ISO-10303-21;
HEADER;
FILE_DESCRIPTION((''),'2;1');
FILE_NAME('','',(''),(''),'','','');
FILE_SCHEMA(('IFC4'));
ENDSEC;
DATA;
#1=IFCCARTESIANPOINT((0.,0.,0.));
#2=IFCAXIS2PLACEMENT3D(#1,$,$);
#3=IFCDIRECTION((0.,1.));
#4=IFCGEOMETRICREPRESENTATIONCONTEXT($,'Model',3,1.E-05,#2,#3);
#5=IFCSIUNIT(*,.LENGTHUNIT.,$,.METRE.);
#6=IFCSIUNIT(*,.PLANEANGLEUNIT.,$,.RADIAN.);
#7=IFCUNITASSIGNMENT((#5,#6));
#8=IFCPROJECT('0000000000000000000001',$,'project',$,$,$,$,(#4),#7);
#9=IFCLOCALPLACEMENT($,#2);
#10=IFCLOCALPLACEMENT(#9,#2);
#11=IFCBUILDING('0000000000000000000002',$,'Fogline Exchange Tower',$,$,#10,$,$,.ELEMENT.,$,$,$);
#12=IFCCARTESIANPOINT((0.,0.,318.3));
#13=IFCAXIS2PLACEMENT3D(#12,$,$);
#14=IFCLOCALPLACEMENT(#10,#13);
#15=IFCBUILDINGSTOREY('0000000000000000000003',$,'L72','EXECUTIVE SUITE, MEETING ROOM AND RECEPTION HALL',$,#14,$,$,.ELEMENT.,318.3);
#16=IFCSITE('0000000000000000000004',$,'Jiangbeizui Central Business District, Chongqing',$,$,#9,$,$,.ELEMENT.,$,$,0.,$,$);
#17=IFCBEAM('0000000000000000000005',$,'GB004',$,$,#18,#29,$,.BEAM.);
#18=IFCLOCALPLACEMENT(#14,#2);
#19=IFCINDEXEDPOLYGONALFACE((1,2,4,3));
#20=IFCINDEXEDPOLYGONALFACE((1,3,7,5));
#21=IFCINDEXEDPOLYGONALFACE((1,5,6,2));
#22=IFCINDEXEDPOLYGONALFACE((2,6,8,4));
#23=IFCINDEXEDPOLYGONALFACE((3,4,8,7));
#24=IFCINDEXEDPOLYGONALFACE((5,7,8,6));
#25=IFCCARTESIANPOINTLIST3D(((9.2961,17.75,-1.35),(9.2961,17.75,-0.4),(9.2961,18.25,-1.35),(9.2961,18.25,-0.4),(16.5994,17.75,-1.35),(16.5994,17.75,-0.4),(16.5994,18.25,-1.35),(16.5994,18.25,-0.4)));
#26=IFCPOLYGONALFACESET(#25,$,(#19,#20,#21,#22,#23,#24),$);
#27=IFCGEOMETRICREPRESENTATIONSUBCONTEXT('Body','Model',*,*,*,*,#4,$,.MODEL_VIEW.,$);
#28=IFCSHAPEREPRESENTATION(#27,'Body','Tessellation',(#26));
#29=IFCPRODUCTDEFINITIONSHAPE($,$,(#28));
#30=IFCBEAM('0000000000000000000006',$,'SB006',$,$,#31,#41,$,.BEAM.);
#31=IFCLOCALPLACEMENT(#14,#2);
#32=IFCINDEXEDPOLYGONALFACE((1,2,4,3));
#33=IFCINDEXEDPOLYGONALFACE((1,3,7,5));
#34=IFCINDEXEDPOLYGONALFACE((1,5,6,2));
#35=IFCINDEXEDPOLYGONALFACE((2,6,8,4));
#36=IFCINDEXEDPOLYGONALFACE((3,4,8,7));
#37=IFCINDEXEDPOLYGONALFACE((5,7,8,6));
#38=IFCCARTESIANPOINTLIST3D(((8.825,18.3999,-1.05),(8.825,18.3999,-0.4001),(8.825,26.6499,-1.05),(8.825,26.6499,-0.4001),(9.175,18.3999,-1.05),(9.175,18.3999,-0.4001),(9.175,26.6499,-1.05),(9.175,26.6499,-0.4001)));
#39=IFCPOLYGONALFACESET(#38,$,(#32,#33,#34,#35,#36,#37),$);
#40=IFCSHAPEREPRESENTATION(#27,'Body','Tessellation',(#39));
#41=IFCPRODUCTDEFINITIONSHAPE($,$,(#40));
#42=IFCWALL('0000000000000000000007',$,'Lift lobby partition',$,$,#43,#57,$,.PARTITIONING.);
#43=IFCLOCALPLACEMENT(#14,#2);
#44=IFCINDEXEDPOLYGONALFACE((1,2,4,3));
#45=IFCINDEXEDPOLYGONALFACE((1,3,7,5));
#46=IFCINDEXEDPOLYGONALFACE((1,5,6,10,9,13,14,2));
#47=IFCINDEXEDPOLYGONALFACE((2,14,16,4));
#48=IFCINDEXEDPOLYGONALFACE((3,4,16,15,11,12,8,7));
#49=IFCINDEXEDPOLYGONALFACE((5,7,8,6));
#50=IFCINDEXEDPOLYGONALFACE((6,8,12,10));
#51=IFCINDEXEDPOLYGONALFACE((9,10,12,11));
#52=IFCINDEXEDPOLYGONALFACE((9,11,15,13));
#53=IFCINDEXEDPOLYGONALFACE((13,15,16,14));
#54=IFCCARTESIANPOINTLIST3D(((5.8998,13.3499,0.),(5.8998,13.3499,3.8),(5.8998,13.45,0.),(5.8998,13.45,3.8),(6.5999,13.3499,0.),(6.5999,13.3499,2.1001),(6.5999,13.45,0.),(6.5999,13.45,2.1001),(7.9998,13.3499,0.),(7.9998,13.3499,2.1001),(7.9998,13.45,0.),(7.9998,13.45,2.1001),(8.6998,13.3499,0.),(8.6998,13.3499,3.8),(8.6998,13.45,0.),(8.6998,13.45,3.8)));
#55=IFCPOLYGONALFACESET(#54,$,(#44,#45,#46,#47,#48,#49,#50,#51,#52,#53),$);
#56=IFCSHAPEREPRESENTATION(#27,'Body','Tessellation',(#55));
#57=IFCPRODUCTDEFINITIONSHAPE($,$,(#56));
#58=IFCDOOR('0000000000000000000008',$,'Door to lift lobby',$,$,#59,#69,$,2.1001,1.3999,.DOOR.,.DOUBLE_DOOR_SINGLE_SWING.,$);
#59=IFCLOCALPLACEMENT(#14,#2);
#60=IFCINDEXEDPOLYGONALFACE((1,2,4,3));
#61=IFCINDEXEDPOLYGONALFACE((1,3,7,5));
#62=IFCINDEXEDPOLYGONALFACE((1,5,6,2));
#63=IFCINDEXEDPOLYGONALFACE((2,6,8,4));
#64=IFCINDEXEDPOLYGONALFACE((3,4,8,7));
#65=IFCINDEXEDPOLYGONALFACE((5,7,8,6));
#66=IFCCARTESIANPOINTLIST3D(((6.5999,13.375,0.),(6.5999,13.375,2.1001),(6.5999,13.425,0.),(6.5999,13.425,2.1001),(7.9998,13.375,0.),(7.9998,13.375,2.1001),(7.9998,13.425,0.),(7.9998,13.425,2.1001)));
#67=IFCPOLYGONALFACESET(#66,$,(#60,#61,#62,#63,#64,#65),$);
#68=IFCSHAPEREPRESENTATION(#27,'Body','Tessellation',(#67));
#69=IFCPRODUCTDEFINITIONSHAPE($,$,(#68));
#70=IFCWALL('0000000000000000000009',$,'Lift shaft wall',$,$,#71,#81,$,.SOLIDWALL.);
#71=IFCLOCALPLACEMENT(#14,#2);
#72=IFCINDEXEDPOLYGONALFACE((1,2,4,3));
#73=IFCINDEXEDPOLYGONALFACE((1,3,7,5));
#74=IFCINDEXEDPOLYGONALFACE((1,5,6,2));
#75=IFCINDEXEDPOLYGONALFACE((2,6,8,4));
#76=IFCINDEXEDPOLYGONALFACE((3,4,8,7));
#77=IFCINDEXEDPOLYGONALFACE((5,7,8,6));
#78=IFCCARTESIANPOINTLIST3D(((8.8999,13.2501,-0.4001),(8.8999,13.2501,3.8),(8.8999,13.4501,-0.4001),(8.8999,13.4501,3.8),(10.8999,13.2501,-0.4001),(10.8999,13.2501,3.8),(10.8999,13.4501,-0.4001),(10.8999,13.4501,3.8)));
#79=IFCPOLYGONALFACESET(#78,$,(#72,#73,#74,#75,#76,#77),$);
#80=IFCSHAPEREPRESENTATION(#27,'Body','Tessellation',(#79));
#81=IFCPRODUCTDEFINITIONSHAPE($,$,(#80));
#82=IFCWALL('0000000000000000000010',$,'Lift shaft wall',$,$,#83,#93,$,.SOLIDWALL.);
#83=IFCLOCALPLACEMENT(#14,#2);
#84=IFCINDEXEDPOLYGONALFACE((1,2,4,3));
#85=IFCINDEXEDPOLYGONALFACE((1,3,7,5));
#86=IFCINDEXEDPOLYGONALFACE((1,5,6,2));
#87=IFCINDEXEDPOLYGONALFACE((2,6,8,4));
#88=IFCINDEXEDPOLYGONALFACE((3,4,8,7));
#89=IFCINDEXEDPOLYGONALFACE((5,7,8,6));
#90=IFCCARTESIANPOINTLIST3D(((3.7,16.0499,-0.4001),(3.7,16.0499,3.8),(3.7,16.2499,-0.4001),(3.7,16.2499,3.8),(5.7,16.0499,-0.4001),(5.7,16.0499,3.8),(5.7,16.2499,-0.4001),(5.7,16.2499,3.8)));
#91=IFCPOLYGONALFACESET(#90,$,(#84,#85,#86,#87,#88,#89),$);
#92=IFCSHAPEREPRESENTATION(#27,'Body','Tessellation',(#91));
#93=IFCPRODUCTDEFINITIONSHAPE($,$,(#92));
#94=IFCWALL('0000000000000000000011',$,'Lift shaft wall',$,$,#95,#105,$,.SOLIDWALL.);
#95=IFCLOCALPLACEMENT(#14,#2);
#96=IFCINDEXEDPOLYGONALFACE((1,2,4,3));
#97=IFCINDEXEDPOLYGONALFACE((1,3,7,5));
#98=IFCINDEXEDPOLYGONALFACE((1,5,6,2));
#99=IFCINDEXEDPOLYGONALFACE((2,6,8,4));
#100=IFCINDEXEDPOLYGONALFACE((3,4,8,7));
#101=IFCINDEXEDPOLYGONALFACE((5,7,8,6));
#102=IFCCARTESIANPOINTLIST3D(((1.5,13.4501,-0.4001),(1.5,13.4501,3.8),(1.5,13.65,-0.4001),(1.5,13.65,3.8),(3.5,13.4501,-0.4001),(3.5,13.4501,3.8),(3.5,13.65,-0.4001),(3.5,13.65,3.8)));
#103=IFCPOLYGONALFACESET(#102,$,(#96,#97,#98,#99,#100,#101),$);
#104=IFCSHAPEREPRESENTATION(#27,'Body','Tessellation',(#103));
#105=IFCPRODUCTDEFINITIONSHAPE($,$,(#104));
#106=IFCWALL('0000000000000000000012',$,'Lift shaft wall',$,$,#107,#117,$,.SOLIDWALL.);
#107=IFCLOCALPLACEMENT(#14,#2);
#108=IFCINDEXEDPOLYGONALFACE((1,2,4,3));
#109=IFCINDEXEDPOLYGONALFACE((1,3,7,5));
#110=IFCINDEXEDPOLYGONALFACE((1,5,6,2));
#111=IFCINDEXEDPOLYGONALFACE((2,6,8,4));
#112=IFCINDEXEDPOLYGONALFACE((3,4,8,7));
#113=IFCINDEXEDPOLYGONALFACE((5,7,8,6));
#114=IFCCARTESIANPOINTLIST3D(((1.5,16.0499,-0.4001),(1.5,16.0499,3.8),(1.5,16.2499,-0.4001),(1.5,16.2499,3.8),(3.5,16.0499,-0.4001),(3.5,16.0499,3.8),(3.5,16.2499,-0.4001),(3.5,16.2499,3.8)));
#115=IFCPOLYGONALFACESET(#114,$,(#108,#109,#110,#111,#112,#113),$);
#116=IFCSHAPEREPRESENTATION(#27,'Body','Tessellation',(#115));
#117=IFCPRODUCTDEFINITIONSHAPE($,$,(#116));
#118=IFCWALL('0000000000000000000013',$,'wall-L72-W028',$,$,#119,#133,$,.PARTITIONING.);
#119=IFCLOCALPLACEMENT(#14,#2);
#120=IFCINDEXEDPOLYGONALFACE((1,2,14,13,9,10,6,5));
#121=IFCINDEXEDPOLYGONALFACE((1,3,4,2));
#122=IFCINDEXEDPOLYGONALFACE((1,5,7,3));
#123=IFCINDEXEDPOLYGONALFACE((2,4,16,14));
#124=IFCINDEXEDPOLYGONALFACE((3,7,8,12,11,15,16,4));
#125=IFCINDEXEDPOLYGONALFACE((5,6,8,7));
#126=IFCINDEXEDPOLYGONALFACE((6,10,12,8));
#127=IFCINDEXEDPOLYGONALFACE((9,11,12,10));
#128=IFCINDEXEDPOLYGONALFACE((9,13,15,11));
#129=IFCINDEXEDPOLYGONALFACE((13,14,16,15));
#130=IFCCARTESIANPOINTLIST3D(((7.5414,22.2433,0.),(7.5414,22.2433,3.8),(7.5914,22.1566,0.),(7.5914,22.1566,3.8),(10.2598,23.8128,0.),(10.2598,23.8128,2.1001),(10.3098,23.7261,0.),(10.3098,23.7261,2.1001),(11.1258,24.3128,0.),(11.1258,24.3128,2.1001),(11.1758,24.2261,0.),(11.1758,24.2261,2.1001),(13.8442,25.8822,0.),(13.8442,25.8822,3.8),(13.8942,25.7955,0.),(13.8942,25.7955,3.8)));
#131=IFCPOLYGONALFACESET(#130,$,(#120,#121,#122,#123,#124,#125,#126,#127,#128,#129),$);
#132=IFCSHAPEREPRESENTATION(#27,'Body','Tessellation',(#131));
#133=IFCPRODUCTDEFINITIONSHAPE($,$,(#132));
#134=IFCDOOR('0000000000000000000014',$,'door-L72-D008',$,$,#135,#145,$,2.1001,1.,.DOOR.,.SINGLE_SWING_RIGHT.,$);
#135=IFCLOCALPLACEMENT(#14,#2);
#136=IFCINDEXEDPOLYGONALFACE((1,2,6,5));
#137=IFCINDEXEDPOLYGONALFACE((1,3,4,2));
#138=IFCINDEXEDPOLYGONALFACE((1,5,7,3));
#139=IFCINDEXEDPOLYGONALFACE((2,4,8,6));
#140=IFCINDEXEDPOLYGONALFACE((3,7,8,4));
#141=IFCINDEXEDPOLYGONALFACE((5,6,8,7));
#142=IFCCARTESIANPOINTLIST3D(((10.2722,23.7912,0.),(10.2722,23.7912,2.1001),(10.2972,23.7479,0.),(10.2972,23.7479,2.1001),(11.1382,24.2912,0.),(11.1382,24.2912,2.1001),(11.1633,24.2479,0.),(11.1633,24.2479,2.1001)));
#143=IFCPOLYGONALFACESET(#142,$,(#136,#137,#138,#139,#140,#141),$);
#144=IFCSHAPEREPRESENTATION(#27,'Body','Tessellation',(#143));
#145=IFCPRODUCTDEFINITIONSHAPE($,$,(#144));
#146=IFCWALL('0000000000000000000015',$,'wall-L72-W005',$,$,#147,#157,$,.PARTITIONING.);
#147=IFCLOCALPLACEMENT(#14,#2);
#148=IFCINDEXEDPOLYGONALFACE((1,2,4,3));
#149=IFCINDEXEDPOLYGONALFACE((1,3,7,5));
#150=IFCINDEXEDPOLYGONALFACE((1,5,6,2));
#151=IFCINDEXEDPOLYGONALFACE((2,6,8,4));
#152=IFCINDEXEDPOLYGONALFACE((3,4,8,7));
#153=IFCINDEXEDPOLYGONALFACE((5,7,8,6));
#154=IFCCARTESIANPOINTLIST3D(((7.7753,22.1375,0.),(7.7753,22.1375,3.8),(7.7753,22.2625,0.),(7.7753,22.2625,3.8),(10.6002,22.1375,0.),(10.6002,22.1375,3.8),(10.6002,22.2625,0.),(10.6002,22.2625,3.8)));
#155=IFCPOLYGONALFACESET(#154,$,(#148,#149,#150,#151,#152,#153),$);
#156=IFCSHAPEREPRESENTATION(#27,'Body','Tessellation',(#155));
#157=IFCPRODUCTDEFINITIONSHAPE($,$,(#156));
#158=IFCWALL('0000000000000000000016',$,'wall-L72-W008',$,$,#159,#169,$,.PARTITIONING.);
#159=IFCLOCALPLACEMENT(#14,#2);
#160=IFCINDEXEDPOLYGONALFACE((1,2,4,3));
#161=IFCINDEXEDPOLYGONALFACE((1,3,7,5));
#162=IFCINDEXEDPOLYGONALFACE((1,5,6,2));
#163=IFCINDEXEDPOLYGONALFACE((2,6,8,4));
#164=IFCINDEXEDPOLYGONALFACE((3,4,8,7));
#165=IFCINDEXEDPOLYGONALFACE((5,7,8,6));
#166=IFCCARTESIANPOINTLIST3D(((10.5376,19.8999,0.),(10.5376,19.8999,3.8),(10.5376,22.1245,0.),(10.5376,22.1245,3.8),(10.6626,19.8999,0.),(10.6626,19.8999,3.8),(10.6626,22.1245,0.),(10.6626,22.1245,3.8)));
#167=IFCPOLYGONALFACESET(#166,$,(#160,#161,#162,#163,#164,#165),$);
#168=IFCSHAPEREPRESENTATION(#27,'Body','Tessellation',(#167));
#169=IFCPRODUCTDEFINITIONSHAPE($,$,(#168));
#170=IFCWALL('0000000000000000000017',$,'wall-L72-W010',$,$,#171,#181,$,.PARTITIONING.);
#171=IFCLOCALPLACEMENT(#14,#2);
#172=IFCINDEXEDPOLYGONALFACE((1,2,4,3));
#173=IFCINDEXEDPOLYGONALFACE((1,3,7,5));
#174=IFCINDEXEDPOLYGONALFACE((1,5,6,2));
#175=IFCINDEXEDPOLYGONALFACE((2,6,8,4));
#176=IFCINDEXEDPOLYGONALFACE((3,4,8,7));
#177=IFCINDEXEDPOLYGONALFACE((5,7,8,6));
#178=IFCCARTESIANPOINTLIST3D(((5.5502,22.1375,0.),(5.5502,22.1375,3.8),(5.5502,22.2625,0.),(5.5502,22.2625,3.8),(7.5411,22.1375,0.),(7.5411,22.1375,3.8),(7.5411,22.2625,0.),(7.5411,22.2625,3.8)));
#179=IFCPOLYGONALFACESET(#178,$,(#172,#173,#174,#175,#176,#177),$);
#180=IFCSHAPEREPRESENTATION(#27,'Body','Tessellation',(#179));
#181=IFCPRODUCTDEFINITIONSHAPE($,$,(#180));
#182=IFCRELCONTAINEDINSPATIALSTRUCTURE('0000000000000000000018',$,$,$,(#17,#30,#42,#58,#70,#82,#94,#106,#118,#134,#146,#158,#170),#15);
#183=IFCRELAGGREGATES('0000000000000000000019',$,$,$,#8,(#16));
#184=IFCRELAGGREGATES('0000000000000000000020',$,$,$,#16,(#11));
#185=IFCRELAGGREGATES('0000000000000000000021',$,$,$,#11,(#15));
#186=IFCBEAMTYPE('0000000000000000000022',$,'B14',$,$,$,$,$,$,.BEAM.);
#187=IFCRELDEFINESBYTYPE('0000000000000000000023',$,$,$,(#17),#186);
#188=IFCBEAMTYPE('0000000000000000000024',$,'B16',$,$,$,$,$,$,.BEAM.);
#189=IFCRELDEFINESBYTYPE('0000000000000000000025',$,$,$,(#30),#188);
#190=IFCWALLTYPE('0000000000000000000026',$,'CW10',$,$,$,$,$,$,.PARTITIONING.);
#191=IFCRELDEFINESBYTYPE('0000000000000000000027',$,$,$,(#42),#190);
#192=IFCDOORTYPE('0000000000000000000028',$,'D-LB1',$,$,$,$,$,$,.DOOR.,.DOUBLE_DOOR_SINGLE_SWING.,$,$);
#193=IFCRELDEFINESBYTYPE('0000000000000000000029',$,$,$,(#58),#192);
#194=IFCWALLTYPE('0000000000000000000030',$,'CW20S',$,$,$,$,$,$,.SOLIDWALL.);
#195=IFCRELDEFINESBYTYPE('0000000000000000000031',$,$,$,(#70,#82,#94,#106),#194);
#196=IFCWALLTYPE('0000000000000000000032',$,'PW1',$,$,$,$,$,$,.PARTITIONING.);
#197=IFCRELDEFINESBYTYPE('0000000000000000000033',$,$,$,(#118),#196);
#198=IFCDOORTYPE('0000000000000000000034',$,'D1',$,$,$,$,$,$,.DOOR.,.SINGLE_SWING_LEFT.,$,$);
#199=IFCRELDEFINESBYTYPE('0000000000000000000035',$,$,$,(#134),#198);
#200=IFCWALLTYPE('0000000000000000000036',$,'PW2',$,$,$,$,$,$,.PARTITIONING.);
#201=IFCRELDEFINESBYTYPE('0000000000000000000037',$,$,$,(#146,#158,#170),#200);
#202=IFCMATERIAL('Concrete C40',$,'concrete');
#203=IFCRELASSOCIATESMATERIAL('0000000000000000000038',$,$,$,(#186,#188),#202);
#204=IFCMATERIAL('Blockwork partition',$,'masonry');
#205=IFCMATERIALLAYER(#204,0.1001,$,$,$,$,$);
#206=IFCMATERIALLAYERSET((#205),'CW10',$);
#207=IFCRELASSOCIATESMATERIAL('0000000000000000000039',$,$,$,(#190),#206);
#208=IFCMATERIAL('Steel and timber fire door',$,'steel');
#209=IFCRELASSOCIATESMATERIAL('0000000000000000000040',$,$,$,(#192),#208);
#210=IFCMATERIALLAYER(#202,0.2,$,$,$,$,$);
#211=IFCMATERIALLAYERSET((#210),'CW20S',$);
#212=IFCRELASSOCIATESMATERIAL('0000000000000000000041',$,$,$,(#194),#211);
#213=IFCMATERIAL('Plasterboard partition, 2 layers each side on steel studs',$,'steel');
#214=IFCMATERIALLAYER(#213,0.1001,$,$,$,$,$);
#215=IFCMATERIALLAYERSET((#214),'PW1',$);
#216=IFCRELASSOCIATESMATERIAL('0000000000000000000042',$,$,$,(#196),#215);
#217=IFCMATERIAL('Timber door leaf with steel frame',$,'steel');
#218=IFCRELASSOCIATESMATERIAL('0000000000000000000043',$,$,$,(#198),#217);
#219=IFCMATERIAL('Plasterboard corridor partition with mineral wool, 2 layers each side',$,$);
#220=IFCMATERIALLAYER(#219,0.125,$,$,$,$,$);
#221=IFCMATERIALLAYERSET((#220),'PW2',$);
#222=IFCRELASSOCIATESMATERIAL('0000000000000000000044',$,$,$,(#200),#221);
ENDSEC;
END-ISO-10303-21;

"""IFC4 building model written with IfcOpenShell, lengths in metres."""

from ifc_helpers import new_model, si_unit, direction, frame, frame_2d, origin, origin_2d, place, context, subcontext, project, spatial, rectangle, extrude, material, layer, layer_set, material_profile, profile_set, type_object, element, fill, save


model = new_model("IFC4")

# Units and contexts
model_context = context("Model", 3, precision=1e-05, world=origin(), true_north=direction((0.0, 1.0)))
body_context = subcontext(model_context, "Body", "Model", "MODEL_VIEW")
ifc_project = project(units=[si_unit("LENGTHUNIT", "METRE"), si_unit("PLANEANGLEUNIT", "RADIAN")], contexts=[model_context])

# Site, building, storey
site_placement = place(None, origin())
site = spatial("IfcSite", under=ifc_project, at=site_placement, Name="Jiangbeizui Central Business District, Chongqing", CompositionType="ELEMENT", RefElevation=0.0)
building_placement = place(site_placement, origin())
building = spatial("IfcBuilding", under=site, at=building_placement, Name="Fogline Exchange Tower", CompositionType="ELEMENT")
storey_placement = place(building_placement, frame((0.0, 0.0, 318.3)))
storey = spatial("IfcBuildingStorey", under=building, at=storey_placement, Name="L72", Description="EXECUTIVE SUITE, MEETING ROOM AND RECEPTION HALL", CompositionType="ELEMENT", Elevation=318.3)

# Beams
ifc_material_1 = material(Name="Concrete C40", Category="concrete")
ifc_material_profile_1 = material_profile(ifc_material_1, rectangle(XDim=0.5, YDim=0.95, at=origin_2d()), Name="RC 500x950")
ifc_profile_set_1 = profile_set([ifc_material_profile_1], Name="Concrete C40")
beam_type_1 = type_object("IfcBeamType", Name="B14", PredefinedType="BEAM", material=ifc_profile_set_1)
beam_1_placement = place(storey_placement, frame((9.2961, 18.0, -0.875), z_axis=(1.0, 0.0, 0.0), x_axis=(0.0, 1.0, 0.0)))
element("IfcBeam", 1, at=beam_1_placement, inside=storey, type_object=beam_type_1, Name="GB004", PredefinedType="BEAM", context=body_context, shape_type="SweptSolid", body=[
    extrude(rectangle(XDim=0.5, YDim=0.95, at=origin_2d()), origin(), (0.0, 0.0, 1.0), 7.3032),
])
ifc_material_profile_2 = material_profile(ifc_material_1, rectangle(XDim=0.3501, YDim=0.6499, at=origin_2d()), Name="RC 350x650")
ifc_profile_set_2 = profile_set([ifc_material_profile_2], Name="Concrete C40")
beam_type_2 = type_object("IfcBeamType", Name="B16", PredefinedType="BEAM", material=ifc_profile_set_2)
beam_2_placement = place(storey_placement, frame((9.0, 18.3999, -0.7251), z_axis=(0.0, 1.0, 0.0), x_axis=(-1.0, 0.0, 0.0)))
element("IfcBeam", 2, at=beam_2_placement, inside=storey, type_object=beam_type_2, Name="SB006", PredefinedType="BEAM", context=body_context, shape_type="SweptSolid", body=[
    extrude(rectangle(XDim=0.3501, YDim=0.6499, at=origin_2d()), origin(), (0.0, 0.0, 1.0), 8.25),
])

# Wall, opening, door
ifc_material_2 = material(Name="Blockwork partition", Category="masonry")
ifc_layer_1 = layer(ifc_material_2, 0.1001)
ifc_layer_set_1 = layer_set([ifc_layer_1], Name="CW10")
wall_type_1 = type_object("IfcWallType", Name="CW10", PredefinedType="PARTITIONING", material=ifc_layer_set_1)
wall_1_placement = place(storey_placement, frame((5.8999, 13.3999, 0.0), z_axis=(0.0, 0.0, 1.0), x_axis=(1.0, 0.0, 0.0)))
wall_1 = element("IfcWall", 3, at=wall_1_placement, inside=storey, type_object=wall_type_1, Name="Lift lobby partition", PredefinedType="PARTITIONING", context=body_context, shape_type="SweptSolid", body=[
    extrude(rectangle(XDim=2.8, YDim=0.1001, at=frame_2d((1.3999, 0.0))), origin(), (0.0, 0.0, 1.0), 3.8),
])
opening_1_placement = place(wall_1_placement, frame((0.7, 0.0, 0.0)))
opening_1 = element("IfcOpeningElement", 4, at=opening_1_placement, cuts=wall_1, PredefinedType="OPENING", context=body_context, shape_type="SweptSolid", body=[
    extrude(rectangle(XDim=1.3999, YDim=2.1001, at=frame_2d((0.7, 1.05))), frame((0.0, 0.0601, 0.0), z_axis=(0.0, -1.0, 0.0), x_axis=(1.0, 0.0, 0.0)), (0.0, 0.0, 1.0), 0.1201),
])
ifc_material_3 = material(Name="Steel and timber fire door", Category="steel")
door_type_1 = type_object("IfcDoorType", Name="D-LB1", OperationType="DOUBLE_DOOR_SINGLE_SWING", PredefinedType="DOOR", material=ifc_material_3)
door_1_placement = place(opening_1_placement, frame((1.3999, 0.0, 0.0), z_axis=(0.0, 0.0, 1.0), x_axis=(-1.0, 0.0, 0.0)))
door_1 = element("IfcDoor", 5, at=door_1_placement, inside=storey, type_object=door_type_1, Name="Door to lift lobby", OperationType="DOUBLE_DOOR_SINGLE_SWING", OverallHeight=2.1001, OverallWidth=1.3999, PredefinedType="DOOR", context=body_context, shape_type="SweptSolid", body=[
    extrude(rectangle(XDim=1.3999, YDim=2.1001, at=frame_2d((0.7, 1.05))), frame((0.0, 0.0249, 0.0), z_axis=(0.0, -1.0, 0.0), x_axis=(1.0, 0.0, 0.0)), (0.0, 0.0, 1.0), 0.05),
])
fill(opening_1, door_1)

# Walls
ifc_layer_2 = layer(ifc_material_1, 0.2)
ifc_layer_set_2 = layer_set([ifc_layer_2], Name="CW20S")
wall_type_2 = type_object("IfcWallType", Name="CW20S", PredefinedType="SOLIDWALL", material=ifc_layer_set_2)
for number, where, z_axis, x_axis, name in (
    (6, (8.8999, 13.3501, -0.4001), (0.0, 0.0, 1.0), (1.0, 0.0, 0.0), "Lift shaft wall"),
    (7, (3.7, 16.1499, -0.4001), (0.0, 0.0, 1.0), (1.0, 0.0, 0.0), "Lift shaft wall"),
    (8, (1.5, 13.55, -0.4001), (0.0, 0.0, 1.0), (1.0, 0.0, 0.0), "Lift shaft wall"),
    (9, (1.5, 16.1499, -0.4001), (0.0, 0.0, 1.0), (1.0, 0.0, 0.0), "Lift shaft wall"),
):
    element("IfcWall", number, at=place(storey_placement, frame(where, z_axis=z_axis, x_axis=x_axis)), inside=storey, type_object=wall_type_2, Name=name, PredefinedType="SOLIDWALL", context=body_context, shape_type="SweptSolid", body=[
        extrude(rectangle(XDim=2.0, YDim=0.2, at=frame_2d((1.0, 0.0))), origin(), (0.0, 0.0, 1.0), 4.2002),
    ])

# Wall, opening, door
ifc_material_4 = material(Name="Plasterboard partition, 2 layers each side on steel studs", Category="steel")
ifc_layer_3 = layer(ifc_material_4, 0.1001)
ifc_layer_set_3 = layer_set([ifc_layer_3], Name="PW1")
wall_type_3 = type_object("IfcWallType", Name="PW1", PredefinedType="PARTITIONING", material=ifc_layer_set_3)
wall_2_placement = place(storey_placement, frame((7.5664, 22.2, 0.0), z_axis=(0.0, 0.0, 1.0), x_axis=(0.866024, 0.500003, 0.0)))
wall_2 = element("IfcWall", 10, at=wall_2_placement, inside=storey, type_object=wall_type_3, Name="wall-L72-W028", PredefinedType="PARTITIONING", context=body_context, shape_type="SweptSolid", body=[
    extrude(rectangle(XDim=7.2778, YDim=0.1001, at=frame_2d((3.6389, 0.0))), origin(), (0.0, 0.0, 1.0), 3.8),
])
opening_2_placement = place(wall_2_placement, frame((3.1389, 0.0, 0.0)))
opening_2 = element("IfcOpeningElement", 11, at=opening_2_placement, cuts=wall_2, PredefinedType="OPENING", context=body_context, shape_type="SweptSolid", body=[
    extrude(rectangle(XDim=1.0, YDim=2.1001, at=frame_2d((0.5, 1.05))), frame((0.0, 0.0601, 0.0), z_axis=(0.0, -1.0, 0.0), x_axis=(1.0, 0.0, 0.0)), (0.0, 0.0, 1.0), 0.1201),
])
ifc_material_5 = material(Name="Timber door leaf with steel frame", Category="steel")
door_type_2 = type_object("IfcDoorType", Name="D1", OperationType="SINGLE_SWING_LEFT", PredefinedType="DOOR", material=ifc_material_5)
door_2_placement = place(opening_2_placement, frame((1.0, 0.0, 0.0), z_axis=(0.0, 0.0, 1.0), x_axis=(-1.0, 0.0, 0.0)))
door_2 = element("IfcDoor", 12, at=door_2_placement, inside=storey, type_object=door_type_2, Name="door-L72-D008", OperationType="SINGLE_SWING_RIGHT", OverallHeight=2.1001, OverallWidth=1.0, PredefinedType="DOOR", context=body_context, shape_type="SweptSolid", body=[
    extrude(rectangle(XDim=1.0, YDim=2.1001, at=frame_2d((0.5, 1.05))), frame((0.0, 0.0249, 0.0), z_axis=(0.0, -1.0, 0.0), x_axis=(1.0, 0.0, 0.0)), (0.0, 0.0, 1.0), 0.05),
])
fill(opening_2, door_2)

# Walls
ifc_material_6 = material(Name="Plasterboard corridor partition with mineral wool, 2 layers each side")
ifc_layer_4 = layer(ifc_material_6, 0.125)
ifc_layer_set_4 = layer_set([ifc_layer_4], Name="PW2")
wall_type_4 = type_object("IfcWallType", Name="PW2", PredefinedType="PARTITIONING", material=ifc_layer_set_4)
wall_3_placement = place(storey_placement, frame((7.7751, 22.2, 0.0), z_axis=(0.0, 0.0, 1.0), x_axis=(1.0, 0.0, 0.0)))
element("IfcWall", 13, at=wall_3_placement, inside=storey, type_object=wall_type_4, Name="wall-L72-W005", PredefinedType="PARTITIONING", context=body_context, shape_type="SweptSolid", body=[
    extrude(rectangle(XDim=2.825, YDim=0.125, at=frame_2d((1.4126, 0.0))), origin(), (0.0, 0.0, 1.0), 3.8),
])
wall_4_placement = place(storey_placement, frame((10.6001, 22.1245, 0.0), z_axis=(0.0, 0.0, 1.0), x_axis=(0.0, -1.0, 0.0)))
element("IfcWall", 14, at=wall_4_placement, inside=storey, type_object=wall_type_4, Name="wall-L72-W008", PredefinedType="PARTITIONING", context=body_context, shape_type="SweptSolid", body=[
    extrude(rectangle(XDim=2.2246, YDim=0.125, at=frame_2d((1.1123, 0.0))), origin(), (0.0, 0.0, 1.0), 3.8),
])
wall_5_placement = place(storey_placement, frame((5.55, 22.2, 0.0), z_axis=(0.0, 0.0, 1.0), x_axis=(1.0, 0.0, 0.0)))
element("IfcWall", 15, at=wall_5_placement, inside=storey, type_object=wall_type_4, Name="wall-L72-W010", PredefinedType="PARTITIONING", context=body_context, shape_type="SweptSolid", body=[
    extrude(rectangle(XDim=1.991, YDim=0.125, at=frame_2d((0.9956, 0.0))), origin(), (0.0, 0.0, 1.0), 3.8),
])

save(model, "model.ifc")
